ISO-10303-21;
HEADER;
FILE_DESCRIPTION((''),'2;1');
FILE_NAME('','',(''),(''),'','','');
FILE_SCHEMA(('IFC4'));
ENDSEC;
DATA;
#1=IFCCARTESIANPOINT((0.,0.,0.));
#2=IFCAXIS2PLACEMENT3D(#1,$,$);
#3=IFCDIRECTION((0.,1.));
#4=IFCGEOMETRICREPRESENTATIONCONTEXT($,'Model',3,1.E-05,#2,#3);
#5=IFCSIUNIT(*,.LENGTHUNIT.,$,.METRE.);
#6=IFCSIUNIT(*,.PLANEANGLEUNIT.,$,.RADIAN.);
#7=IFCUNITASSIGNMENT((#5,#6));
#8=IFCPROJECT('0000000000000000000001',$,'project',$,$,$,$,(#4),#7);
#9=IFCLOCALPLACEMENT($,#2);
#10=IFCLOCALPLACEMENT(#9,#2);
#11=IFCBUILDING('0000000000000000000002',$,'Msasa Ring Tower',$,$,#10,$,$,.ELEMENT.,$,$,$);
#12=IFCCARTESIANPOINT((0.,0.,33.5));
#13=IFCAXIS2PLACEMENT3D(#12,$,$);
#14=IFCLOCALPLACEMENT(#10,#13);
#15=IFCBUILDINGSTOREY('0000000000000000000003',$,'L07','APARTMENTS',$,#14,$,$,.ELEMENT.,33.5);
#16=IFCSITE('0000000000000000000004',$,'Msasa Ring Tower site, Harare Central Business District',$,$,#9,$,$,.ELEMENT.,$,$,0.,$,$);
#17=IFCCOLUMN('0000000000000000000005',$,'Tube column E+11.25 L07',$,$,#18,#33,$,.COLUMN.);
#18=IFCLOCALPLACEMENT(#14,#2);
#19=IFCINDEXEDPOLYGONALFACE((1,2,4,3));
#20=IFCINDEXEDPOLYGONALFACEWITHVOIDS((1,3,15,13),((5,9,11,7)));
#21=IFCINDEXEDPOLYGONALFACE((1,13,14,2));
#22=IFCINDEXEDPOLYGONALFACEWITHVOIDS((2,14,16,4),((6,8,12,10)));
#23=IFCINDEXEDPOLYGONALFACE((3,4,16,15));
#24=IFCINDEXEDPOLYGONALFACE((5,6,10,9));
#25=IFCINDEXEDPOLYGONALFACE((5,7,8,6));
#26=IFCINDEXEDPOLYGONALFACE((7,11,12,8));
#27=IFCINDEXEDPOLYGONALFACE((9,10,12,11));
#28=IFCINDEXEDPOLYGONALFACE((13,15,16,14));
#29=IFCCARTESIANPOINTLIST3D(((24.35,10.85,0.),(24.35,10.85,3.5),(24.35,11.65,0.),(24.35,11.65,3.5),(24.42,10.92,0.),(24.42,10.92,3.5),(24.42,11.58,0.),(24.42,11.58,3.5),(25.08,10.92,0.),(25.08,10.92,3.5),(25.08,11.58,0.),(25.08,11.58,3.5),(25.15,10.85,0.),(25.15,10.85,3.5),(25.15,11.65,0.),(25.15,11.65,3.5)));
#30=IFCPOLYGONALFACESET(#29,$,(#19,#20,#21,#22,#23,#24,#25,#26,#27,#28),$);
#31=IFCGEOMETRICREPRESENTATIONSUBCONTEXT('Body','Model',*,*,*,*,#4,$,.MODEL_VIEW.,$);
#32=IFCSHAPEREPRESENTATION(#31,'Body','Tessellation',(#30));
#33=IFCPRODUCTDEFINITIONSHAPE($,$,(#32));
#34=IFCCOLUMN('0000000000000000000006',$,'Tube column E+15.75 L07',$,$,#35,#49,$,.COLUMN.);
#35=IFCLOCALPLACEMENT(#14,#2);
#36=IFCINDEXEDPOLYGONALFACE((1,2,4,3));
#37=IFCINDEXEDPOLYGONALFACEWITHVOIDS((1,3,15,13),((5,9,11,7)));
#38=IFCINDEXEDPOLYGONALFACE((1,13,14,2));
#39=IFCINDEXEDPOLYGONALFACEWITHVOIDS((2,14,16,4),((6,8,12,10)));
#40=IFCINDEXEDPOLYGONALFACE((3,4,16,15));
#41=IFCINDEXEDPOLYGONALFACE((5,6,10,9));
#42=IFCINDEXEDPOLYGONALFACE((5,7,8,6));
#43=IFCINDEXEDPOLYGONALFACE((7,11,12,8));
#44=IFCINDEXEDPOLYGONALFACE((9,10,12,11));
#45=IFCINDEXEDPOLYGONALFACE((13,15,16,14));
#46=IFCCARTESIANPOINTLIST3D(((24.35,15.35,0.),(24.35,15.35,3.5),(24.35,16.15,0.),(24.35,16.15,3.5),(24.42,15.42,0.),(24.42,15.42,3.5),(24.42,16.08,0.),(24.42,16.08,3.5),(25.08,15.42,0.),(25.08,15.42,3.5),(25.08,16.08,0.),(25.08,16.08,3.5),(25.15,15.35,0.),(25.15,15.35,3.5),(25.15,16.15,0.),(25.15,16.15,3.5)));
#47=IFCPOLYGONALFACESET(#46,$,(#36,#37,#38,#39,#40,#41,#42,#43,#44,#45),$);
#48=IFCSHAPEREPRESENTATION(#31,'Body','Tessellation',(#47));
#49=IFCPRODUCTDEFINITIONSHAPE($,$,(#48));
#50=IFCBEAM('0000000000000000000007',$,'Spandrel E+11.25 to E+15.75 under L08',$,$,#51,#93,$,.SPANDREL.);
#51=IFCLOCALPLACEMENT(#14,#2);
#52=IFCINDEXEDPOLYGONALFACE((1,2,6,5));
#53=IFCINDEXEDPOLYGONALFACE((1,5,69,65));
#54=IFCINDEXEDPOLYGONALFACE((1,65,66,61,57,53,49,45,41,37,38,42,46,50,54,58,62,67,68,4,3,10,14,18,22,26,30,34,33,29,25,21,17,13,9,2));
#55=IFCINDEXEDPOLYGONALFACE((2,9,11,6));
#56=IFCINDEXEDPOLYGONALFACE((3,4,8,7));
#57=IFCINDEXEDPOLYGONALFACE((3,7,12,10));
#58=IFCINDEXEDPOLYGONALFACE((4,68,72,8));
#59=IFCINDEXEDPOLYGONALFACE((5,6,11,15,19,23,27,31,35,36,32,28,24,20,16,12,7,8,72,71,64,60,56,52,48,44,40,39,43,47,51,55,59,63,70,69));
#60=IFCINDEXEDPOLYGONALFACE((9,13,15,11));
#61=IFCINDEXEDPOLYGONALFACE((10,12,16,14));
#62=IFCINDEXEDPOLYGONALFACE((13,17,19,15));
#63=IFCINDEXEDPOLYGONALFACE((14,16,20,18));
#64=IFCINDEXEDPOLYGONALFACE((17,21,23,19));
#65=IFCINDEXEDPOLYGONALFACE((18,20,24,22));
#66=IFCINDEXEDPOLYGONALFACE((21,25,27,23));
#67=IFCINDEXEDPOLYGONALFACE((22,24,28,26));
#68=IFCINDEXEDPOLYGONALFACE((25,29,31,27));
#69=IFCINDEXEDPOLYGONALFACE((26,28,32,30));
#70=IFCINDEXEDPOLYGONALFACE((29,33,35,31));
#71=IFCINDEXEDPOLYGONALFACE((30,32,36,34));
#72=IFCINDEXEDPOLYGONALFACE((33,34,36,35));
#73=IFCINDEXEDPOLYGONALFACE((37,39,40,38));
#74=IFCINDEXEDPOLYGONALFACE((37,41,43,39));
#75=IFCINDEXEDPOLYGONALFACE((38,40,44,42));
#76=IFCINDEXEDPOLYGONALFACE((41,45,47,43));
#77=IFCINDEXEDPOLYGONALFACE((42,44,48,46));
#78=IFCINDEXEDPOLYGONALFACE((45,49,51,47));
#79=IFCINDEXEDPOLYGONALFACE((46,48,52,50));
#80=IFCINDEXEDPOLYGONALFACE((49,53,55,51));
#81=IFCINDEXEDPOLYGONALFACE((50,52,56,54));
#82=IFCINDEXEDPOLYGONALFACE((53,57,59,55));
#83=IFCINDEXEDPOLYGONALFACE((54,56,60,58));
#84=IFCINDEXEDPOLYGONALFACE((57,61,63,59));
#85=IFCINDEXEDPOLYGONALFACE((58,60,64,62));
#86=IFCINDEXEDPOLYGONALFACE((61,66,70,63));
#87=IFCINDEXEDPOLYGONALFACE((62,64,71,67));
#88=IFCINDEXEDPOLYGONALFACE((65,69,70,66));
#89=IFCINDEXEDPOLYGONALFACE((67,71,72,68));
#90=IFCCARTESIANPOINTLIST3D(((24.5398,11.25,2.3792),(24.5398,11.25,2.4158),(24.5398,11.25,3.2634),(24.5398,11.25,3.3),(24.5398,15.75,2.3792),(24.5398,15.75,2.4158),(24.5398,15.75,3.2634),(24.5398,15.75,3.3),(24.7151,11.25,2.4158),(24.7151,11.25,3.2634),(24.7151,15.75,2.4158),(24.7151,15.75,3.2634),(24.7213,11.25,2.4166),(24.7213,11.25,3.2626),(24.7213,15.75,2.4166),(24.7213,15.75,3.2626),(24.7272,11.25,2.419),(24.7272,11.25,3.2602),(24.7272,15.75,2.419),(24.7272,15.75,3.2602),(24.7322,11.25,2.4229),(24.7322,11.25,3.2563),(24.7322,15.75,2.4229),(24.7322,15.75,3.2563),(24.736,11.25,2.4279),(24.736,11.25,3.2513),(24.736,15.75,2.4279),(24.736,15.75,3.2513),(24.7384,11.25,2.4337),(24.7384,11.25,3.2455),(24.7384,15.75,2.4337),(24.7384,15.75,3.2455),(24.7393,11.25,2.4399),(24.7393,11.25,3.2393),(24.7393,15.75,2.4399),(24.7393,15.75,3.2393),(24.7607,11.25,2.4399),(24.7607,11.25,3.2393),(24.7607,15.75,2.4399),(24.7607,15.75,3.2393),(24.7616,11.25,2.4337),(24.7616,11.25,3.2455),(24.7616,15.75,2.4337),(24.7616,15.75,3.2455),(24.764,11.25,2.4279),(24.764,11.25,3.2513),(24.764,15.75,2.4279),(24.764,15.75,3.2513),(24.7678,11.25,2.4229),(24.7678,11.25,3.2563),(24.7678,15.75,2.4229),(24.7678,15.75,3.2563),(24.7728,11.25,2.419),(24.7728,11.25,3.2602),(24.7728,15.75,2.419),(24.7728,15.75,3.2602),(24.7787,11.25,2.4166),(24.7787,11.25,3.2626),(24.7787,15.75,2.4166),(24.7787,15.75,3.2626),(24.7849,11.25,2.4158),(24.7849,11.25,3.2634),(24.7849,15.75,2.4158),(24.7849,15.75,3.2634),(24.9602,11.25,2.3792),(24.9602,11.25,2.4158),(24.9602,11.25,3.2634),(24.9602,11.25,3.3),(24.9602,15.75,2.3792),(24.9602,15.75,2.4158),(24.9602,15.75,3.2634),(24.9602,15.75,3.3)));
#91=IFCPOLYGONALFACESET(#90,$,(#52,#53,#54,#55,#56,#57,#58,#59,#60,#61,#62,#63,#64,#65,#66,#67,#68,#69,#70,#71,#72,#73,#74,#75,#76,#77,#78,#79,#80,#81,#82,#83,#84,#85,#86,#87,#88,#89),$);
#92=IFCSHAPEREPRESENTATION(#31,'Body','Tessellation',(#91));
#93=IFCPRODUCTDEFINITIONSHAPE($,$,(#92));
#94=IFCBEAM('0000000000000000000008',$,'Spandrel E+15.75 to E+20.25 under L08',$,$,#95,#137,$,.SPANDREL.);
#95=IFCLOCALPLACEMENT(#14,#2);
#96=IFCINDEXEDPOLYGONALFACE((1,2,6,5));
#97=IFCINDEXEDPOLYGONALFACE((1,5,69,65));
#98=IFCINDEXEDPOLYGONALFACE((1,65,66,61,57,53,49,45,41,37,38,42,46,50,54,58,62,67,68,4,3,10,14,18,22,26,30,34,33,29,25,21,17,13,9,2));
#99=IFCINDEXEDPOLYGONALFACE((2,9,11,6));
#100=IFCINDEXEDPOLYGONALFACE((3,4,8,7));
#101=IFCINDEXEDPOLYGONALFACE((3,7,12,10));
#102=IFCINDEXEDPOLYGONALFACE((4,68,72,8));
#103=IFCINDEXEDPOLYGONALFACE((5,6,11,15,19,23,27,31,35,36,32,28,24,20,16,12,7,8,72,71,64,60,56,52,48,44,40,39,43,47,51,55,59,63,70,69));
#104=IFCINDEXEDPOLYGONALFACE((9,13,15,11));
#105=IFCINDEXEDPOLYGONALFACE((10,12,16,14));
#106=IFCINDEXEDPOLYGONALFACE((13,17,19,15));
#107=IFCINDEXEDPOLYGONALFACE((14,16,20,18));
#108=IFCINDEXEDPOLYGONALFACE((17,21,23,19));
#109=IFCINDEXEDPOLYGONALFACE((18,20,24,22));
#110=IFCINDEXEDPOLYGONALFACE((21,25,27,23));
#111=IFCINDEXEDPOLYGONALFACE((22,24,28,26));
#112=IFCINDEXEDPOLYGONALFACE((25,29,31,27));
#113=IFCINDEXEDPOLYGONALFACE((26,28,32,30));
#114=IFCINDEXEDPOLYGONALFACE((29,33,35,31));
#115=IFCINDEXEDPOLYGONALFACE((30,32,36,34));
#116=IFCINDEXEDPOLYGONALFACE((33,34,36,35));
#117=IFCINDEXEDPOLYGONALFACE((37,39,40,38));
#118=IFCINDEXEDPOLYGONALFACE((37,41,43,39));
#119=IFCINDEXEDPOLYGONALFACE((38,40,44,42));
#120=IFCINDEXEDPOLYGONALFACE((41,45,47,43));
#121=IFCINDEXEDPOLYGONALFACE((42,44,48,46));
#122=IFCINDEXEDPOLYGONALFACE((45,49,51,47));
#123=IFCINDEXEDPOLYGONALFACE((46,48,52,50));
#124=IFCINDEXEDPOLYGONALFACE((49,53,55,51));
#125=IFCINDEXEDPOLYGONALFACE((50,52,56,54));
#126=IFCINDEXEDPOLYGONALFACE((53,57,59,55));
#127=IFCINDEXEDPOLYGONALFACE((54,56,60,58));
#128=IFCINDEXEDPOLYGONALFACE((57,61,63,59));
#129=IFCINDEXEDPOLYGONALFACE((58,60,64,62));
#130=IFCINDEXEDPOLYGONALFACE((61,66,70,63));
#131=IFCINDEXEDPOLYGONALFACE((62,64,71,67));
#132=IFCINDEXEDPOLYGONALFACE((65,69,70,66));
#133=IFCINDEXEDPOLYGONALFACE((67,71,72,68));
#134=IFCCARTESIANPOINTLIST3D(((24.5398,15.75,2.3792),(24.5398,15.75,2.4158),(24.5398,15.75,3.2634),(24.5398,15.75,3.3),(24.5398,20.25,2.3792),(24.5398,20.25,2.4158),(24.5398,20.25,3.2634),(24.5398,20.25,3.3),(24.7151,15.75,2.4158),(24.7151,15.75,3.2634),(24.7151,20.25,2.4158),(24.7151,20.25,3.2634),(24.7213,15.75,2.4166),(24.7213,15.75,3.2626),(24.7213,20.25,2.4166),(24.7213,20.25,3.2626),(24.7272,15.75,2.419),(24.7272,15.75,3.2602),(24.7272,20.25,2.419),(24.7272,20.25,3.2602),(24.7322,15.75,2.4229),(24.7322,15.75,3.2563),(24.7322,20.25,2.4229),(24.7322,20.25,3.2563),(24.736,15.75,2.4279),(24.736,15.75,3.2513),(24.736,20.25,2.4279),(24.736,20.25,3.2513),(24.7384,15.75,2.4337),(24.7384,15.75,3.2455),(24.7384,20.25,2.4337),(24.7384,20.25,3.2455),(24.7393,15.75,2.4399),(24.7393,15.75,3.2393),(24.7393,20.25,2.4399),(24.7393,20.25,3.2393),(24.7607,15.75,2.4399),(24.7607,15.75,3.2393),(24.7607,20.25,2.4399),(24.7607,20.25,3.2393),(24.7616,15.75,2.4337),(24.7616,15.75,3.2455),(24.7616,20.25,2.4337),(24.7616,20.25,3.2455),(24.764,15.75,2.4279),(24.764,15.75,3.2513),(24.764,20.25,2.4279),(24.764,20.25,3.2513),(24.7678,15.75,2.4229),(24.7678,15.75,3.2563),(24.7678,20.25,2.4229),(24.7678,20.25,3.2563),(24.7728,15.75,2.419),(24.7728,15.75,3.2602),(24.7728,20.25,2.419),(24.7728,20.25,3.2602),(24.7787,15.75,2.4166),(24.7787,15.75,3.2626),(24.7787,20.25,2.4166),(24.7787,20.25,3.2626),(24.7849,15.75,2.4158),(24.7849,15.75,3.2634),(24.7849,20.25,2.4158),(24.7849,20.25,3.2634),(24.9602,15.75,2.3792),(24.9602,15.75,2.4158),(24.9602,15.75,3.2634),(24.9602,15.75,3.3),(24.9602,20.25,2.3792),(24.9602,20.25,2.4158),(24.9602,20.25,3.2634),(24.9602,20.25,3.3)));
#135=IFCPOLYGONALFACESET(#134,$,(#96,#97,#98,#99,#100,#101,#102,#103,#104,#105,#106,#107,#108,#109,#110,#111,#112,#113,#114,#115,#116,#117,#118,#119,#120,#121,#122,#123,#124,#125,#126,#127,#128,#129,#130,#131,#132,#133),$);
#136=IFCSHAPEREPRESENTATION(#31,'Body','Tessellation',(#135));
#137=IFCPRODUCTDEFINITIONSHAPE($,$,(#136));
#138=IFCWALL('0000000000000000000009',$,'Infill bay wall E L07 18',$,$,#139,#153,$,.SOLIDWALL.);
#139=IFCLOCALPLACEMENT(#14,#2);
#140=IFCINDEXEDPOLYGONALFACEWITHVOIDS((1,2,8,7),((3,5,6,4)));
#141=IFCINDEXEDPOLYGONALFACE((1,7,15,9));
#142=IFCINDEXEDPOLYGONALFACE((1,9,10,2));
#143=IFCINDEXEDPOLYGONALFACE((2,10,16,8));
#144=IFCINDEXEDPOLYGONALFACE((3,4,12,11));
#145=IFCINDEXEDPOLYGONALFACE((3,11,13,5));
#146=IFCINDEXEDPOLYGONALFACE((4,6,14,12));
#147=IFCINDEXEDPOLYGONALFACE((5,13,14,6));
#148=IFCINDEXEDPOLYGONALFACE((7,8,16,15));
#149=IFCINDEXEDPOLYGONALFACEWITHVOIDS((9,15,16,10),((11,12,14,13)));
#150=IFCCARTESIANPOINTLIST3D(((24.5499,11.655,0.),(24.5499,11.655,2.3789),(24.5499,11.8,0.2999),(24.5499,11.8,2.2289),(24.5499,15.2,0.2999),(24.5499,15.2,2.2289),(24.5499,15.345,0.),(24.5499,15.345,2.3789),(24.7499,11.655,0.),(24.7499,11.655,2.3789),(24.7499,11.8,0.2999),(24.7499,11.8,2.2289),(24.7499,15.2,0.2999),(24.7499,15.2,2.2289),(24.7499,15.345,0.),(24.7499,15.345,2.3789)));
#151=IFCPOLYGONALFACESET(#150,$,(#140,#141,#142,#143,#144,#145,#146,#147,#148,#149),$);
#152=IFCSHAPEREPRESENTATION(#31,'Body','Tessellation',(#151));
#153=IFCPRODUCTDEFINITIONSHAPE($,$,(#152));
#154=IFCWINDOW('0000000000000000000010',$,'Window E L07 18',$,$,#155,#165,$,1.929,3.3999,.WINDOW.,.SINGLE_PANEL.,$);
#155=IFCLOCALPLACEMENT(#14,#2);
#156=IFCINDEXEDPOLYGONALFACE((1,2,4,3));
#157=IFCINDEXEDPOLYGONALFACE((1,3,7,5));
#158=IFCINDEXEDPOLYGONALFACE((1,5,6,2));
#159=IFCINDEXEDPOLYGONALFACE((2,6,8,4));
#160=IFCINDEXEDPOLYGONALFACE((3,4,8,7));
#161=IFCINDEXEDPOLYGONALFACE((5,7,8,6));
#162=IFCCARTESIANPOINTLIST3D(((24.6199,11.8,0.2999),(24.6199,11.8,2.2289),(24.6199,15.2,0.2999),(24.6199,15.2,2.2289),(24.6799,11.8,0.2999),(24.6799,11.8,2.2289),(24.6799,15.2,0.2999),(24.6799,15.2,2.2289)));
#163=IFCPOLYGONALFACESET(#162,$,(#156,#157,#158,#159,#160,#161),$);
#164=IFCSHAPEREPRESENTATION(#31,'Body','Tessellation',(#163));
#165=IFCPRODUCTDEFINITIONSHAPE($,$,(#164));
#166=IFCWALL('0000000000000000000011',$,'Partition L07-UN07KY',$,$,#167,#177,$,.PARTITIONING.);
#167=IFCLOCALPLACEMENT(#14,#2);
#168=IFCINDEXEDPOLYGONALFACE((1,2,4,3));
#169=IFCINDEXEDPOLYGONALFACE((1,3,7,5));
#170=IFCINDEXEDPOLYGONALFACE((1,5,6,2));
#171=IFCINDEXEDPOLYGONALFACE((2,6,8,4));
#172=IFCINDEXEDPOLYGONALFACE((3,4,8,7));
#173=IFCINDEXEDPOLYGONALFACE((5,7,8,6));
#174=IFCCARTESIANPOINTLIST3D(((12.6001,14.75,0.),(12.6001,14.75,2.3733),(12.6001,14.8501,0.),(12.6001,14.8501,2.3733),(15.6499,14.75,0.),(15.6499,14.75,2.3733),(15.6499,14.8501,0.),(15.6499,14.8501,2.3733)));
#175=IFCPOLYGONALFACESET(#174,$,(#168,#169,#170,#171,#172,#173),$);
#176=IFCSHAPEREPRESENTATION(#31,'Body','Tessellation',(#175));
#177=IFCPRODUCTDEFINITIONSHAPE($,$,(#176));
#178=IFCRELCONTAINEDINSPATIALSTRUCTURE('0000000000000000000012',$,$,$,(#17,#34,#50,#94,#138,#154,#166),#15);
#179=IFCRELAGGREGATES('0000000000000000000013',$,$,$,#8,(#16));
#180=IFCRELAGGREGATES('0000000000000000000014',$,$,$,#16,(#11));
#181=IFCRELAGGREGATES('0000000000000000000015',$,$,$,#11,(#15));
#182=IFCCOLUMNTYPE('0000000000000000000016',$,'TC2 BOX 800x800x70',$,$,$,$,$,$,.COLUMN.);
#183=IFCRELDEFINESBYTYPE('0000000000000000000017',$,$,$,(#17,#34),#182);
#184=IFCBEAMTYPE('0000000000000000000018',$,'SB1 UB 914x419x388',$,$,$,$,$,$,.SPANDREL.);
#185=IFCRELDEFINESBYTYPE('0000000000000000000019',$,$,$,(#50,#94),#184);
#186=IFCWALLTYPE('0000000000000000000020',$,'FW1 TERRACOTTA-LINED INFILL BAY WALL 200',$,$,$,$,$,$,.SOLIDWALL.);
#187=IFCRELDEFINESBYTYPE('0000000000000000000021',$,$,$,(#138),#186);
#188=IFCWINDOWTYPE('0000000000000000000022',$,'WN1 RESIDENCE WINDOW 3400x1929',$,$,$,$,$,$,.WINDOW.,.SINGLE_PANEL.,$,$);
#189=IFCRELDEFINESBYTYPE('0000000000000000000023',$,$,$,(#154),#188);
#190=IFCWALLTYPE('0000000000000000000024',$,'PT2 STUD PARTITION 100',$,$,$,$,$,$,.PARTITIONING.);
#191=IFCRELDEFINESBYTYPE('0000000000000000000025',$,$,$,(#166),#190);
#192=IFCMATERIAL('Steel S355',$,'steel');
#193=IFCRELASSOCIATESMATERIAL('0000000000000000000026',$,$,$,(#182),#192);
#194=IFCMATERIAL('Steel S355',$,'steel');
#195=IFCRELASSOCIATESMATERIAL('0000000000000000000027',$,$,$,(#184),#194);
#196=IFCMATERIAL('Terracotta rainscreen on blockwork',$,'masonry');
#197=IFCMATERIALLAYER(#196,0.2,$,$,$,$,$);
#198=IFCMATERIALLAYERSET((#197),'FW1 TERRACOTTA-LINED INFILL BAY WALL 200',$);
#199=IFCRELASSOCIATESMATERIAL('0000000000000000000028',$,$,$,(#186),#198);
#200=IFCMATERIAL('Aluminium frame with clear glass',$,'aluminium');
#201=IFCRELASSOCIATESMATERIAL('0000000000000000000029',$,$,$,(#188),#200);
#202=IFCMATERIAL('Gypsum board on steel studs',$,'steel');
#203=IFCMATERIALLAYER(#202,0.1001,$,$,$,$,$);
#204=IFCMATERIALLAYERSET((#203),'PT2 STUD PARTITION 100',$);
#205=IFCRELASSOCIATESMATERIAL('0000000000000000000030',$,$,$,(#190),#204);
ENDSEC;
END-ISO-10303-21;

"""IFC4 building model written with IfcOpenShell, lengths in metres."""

from ifc_helpers import new_model, si_unit, direction, frame, frame_2d, origin, origin_2d, place, context, subcontext, project, spatial, rectangle, hollow_rectangle, i_section, extrude, material, layer, layer_set, material_profile, profile_set, type_object, element, fill, save


model = new_model("IFC4")

# Units and contexts
model_context = context("Model", 3, precision=1e-05, world=origin(), true_north=direction((0.0, 1.0)))
body_context = subcontext(model_context, "Body", "Model", "MODEL_VIEW")
ifc_project = project(units=[si_unit("LENGTHUNIT", "METRE"), si_unit("PLANEANGLEUNIT", "RADIAN")], contexts=[model_context])

# Site, building, storey
site_placement = place(None, origin())
site = spatial("IfcSite", under=ifc_project, at=site_placement, Name="Msasa Ring Tower site, Harare Central Business District", CompositionType="ELEMENT", RefElevation=0.0)
building_placement = place(site_placement, origin())
building = spatial("IfcBuilding", under=site, at=building_placement, Name="Msasa Ring Tower", CompositionType="ELEMENT")
storey_placement = place(building_placement, frame((0.0, 0.0, 33.5)))
storey = spatial("IfcBuildingStorey", under=building, at=storey_placement, Name="L07", Description="APARTMENTS", CompositionType="ELEMENT", Elevation=33.5)

# Columns
ifc_material_1 = material(Name="Steel S355", Category="steel")
ifc_material_profile_1 = material_profile(ifc_material_1, hollow_rectangle(XDim=0.8, YDim=0.8, WallThickness=0.0701, at=origin_2d()), Name="BOX 800x800x70")
ifc_profile_set_1 = profile_set([ifc_material_profile_1], Name="Steel S355")
column_type = type_object("IfcColumnType", Name="TC2 BOX 800x800x70", PredefinedType="COLUMN", material=ifc_profile_set_1)
for number, where, z_axis, x_axis, name in (
    (1, (24.75, 11.25, 0.0), (0.0, 0.0, 1.0), (1.0, 0.0, 0.0), "Tube column E+11.25 L07"),
    (2, (24.75, 15.75, 0.0), (0.0, 0.0, 1.0), (1.0, 0.0, 0.0), "Tube column E+15.75 L07"),
):
    element("IfcColumn", number, at=place(storey_placement, frame(where, z_axis=z_axis, x_axis=x_axis)), inside=storey, type_object=column_type, Name=name, PredefinedType="COLUMN", context=body_context, shape_type="SweptSolid", body=[
        extrude(hollow_rectangle(XDim=0.8, YDim=0.8, WallThickness=0.0701, at=origin_2d()), origin(), (0.0, 0.0, 1.0), 3.5),
    ])

# Beams
ifc_material_2 = material(Name="Steel S355", Category="steel")
ifc_material_profile_2 = material_profile(ifc_material_2, i_section(OverallWidth=0.4204, OverallDepth=0.9209, WebThickness=0.0215, FlangeThickness=0.0366, FilletRadius=0.0242, at=origin_2d()), Name="UB 914x419x388")
ifc_profile_set_2 = profile_set([ifc_material_profile_2], Name="Steel S355")
beam_type = type_object("IfcBeamType", Name="SB1 UB 914x419x388", PredefinedType="SPANDREL", material=ifc_profile_set_2)
for number, where, z_axis, x_axis, name in (
    (3, (24.75, 11.25, 2.8396), (0.0, 1.0, 0.0), (-1.0, 0.0, 0.0), "Spandrel E+11.25 to E+15.75 under L08"),
    (4, (24.75, 15.75, 2.8396), (0.0, 1.0, 0.0), (-1.0, 0.0, 0.0), "Spandrel E+15.75 to E+20.25 under L08"),
):
    element("IfcBeam", number, at=place(storey_placement, frame(where, z_axis=z_axis, x_axis=x_axis)), inside=storey, type_object=beam_type, Name=name, PredefinedType="SPANDREL", context=body_context, shape_type="SweptSolid", body=[
        extrude(i_section(OverallWidth=0.4204, OverallDepth=0.9209, WebThickness=0.0215, FlangeThickness=0.0366, FilletRadius=0.0242, at=origin_2d()), origin(), (0.0, 0.0, 1.0), 4.5),
    ])

# Wall, opening, window
ifc_material_3 = material(Name="Terracotta rainscreen on blockwork", Category="masonry")
ifc_layer_1 = layer(ifc_material_3, 0.2)
ifc_layer_set_1 = layer_set([ifc_layer_1], Name="FW1 TERRACOTTA-LINED INFILL BAY WALL 200")
wall_type_1 = type_object("IfcWallType", Name="FW1 TERRACOTTA-LINED INFILL BAY WALL 200", PredefinedType="SOLIDWALL", material=ifc_layer_set_1)
wall_1_placement = place(storey_placement, frame((24.6499, 11.655, 0.0), z_axis=(0.0, 0.0, 1.0), x_axis=(0.0, 1.0, 0.0)))
wall_1 = element("IfcWall", 5, at=wall_1_placement, inside=storey, type_object=wall_type_1, Name="Infill bay wall E L07 18", PredefinedType="SOLIDWALL", context=body_context, shape_type="SweptSolid", body=[
    extrude(rectangle(XDim=3.6899, YDim=0.2, at=frame_2d((1.845, 0.0))), origin(), (0.0, 0.0, 1.0), 2.3789),
])
opening_1_placement = place(wall_1_placement, frame((0.145, 0.0, 0.3)))
opening_1 = element("IfcOpeningElement", 6, at=opening_1_placement, cuts=wall_1, PredefinedType="OPENING", context=body_context, shape_type="SweptSolid", body=[
    extrude(rectangle(XDim=3.3999, YDim=1.929, at=frame_2d((1.7, 0.9644))), frame((0.0, 0.1099, 0.0), z_axis=(0.0, -1.0, 0.0), x_axis=(1.0, 0.0, 0.0)), (0.0, 0.0, 1.0), 0.22),
])
ifc_material_4 = material(Name="Aluminium frame with clear glass", Category="aluminium")
window_type = type_object("IfcWindowType", Name="WN1 RESIDENCE WINDOW 3400x1929", PartitioningType="SINGLE_PANEL", PredefinedType="WINDOW", material=ifc_material_4)
window_placement = place(opening_1_placement, origin())
window = element("IfcWindow", 7, at=window_placement, inside=storey, type_object=window_type, Name="Window E L07 18", OverallHeight=1.929, OverallWidth=3.3999, PartitioningType="SINGLE_PANEL", PredefinedType="WINDOW", context=body_context, shape_type="SweptSolid", body=[
    extrude(rectangle(XDim=3.3999, YDim=1.929, at=frame_2d((1.7, 0.9644))), frame((0.0, 0.03, 0.0), z_axis=(0.0, -1.0, 0.0), x_axis=(1.0, 0.0, 0.0)), (0.0, 0.0, 1.0), 0.0601),
])
fill(opening_1, window)

# Wall
ifc_material_5 = material(Name="Gypsum board on steel studs", Category="steel")
ifc_layer_2 = layer(ifc_material_5, 0.1001)
ifc_layer_set_2 = layer_set([ifc_layer_2], Name="PT2 STUD PARTITION 100")
wall_type_2 = type_object("IfcWallType", Name="PT2 STUD PARTITION 100", PredefinedType="PARTITIONING", material=ifc_layer_set_2)
wall_2_placement = place(storey_placement, frame((12.6001, 14.8, 0.0), z_axis=(0.0, 0.0, 1.0), x_axis=(1.0, 0.0, 0.0)))
element("IfcWall", 8, at=wall_2_placement, inside=storey, type_object=wall_type_2, Name="Partition L07-UN07KY", PredefinedType="PARTITIONING", context=body_context, shape_type="SweptSolid", body=[
    extrude(rectangle(XDim=3.0498, YDim=0.1001, at=frame_2d((1.5249, 0.0))), origin(), (0.0, 0.0, 1.0), 2.3733),
])

save(model, "model.ifc")
